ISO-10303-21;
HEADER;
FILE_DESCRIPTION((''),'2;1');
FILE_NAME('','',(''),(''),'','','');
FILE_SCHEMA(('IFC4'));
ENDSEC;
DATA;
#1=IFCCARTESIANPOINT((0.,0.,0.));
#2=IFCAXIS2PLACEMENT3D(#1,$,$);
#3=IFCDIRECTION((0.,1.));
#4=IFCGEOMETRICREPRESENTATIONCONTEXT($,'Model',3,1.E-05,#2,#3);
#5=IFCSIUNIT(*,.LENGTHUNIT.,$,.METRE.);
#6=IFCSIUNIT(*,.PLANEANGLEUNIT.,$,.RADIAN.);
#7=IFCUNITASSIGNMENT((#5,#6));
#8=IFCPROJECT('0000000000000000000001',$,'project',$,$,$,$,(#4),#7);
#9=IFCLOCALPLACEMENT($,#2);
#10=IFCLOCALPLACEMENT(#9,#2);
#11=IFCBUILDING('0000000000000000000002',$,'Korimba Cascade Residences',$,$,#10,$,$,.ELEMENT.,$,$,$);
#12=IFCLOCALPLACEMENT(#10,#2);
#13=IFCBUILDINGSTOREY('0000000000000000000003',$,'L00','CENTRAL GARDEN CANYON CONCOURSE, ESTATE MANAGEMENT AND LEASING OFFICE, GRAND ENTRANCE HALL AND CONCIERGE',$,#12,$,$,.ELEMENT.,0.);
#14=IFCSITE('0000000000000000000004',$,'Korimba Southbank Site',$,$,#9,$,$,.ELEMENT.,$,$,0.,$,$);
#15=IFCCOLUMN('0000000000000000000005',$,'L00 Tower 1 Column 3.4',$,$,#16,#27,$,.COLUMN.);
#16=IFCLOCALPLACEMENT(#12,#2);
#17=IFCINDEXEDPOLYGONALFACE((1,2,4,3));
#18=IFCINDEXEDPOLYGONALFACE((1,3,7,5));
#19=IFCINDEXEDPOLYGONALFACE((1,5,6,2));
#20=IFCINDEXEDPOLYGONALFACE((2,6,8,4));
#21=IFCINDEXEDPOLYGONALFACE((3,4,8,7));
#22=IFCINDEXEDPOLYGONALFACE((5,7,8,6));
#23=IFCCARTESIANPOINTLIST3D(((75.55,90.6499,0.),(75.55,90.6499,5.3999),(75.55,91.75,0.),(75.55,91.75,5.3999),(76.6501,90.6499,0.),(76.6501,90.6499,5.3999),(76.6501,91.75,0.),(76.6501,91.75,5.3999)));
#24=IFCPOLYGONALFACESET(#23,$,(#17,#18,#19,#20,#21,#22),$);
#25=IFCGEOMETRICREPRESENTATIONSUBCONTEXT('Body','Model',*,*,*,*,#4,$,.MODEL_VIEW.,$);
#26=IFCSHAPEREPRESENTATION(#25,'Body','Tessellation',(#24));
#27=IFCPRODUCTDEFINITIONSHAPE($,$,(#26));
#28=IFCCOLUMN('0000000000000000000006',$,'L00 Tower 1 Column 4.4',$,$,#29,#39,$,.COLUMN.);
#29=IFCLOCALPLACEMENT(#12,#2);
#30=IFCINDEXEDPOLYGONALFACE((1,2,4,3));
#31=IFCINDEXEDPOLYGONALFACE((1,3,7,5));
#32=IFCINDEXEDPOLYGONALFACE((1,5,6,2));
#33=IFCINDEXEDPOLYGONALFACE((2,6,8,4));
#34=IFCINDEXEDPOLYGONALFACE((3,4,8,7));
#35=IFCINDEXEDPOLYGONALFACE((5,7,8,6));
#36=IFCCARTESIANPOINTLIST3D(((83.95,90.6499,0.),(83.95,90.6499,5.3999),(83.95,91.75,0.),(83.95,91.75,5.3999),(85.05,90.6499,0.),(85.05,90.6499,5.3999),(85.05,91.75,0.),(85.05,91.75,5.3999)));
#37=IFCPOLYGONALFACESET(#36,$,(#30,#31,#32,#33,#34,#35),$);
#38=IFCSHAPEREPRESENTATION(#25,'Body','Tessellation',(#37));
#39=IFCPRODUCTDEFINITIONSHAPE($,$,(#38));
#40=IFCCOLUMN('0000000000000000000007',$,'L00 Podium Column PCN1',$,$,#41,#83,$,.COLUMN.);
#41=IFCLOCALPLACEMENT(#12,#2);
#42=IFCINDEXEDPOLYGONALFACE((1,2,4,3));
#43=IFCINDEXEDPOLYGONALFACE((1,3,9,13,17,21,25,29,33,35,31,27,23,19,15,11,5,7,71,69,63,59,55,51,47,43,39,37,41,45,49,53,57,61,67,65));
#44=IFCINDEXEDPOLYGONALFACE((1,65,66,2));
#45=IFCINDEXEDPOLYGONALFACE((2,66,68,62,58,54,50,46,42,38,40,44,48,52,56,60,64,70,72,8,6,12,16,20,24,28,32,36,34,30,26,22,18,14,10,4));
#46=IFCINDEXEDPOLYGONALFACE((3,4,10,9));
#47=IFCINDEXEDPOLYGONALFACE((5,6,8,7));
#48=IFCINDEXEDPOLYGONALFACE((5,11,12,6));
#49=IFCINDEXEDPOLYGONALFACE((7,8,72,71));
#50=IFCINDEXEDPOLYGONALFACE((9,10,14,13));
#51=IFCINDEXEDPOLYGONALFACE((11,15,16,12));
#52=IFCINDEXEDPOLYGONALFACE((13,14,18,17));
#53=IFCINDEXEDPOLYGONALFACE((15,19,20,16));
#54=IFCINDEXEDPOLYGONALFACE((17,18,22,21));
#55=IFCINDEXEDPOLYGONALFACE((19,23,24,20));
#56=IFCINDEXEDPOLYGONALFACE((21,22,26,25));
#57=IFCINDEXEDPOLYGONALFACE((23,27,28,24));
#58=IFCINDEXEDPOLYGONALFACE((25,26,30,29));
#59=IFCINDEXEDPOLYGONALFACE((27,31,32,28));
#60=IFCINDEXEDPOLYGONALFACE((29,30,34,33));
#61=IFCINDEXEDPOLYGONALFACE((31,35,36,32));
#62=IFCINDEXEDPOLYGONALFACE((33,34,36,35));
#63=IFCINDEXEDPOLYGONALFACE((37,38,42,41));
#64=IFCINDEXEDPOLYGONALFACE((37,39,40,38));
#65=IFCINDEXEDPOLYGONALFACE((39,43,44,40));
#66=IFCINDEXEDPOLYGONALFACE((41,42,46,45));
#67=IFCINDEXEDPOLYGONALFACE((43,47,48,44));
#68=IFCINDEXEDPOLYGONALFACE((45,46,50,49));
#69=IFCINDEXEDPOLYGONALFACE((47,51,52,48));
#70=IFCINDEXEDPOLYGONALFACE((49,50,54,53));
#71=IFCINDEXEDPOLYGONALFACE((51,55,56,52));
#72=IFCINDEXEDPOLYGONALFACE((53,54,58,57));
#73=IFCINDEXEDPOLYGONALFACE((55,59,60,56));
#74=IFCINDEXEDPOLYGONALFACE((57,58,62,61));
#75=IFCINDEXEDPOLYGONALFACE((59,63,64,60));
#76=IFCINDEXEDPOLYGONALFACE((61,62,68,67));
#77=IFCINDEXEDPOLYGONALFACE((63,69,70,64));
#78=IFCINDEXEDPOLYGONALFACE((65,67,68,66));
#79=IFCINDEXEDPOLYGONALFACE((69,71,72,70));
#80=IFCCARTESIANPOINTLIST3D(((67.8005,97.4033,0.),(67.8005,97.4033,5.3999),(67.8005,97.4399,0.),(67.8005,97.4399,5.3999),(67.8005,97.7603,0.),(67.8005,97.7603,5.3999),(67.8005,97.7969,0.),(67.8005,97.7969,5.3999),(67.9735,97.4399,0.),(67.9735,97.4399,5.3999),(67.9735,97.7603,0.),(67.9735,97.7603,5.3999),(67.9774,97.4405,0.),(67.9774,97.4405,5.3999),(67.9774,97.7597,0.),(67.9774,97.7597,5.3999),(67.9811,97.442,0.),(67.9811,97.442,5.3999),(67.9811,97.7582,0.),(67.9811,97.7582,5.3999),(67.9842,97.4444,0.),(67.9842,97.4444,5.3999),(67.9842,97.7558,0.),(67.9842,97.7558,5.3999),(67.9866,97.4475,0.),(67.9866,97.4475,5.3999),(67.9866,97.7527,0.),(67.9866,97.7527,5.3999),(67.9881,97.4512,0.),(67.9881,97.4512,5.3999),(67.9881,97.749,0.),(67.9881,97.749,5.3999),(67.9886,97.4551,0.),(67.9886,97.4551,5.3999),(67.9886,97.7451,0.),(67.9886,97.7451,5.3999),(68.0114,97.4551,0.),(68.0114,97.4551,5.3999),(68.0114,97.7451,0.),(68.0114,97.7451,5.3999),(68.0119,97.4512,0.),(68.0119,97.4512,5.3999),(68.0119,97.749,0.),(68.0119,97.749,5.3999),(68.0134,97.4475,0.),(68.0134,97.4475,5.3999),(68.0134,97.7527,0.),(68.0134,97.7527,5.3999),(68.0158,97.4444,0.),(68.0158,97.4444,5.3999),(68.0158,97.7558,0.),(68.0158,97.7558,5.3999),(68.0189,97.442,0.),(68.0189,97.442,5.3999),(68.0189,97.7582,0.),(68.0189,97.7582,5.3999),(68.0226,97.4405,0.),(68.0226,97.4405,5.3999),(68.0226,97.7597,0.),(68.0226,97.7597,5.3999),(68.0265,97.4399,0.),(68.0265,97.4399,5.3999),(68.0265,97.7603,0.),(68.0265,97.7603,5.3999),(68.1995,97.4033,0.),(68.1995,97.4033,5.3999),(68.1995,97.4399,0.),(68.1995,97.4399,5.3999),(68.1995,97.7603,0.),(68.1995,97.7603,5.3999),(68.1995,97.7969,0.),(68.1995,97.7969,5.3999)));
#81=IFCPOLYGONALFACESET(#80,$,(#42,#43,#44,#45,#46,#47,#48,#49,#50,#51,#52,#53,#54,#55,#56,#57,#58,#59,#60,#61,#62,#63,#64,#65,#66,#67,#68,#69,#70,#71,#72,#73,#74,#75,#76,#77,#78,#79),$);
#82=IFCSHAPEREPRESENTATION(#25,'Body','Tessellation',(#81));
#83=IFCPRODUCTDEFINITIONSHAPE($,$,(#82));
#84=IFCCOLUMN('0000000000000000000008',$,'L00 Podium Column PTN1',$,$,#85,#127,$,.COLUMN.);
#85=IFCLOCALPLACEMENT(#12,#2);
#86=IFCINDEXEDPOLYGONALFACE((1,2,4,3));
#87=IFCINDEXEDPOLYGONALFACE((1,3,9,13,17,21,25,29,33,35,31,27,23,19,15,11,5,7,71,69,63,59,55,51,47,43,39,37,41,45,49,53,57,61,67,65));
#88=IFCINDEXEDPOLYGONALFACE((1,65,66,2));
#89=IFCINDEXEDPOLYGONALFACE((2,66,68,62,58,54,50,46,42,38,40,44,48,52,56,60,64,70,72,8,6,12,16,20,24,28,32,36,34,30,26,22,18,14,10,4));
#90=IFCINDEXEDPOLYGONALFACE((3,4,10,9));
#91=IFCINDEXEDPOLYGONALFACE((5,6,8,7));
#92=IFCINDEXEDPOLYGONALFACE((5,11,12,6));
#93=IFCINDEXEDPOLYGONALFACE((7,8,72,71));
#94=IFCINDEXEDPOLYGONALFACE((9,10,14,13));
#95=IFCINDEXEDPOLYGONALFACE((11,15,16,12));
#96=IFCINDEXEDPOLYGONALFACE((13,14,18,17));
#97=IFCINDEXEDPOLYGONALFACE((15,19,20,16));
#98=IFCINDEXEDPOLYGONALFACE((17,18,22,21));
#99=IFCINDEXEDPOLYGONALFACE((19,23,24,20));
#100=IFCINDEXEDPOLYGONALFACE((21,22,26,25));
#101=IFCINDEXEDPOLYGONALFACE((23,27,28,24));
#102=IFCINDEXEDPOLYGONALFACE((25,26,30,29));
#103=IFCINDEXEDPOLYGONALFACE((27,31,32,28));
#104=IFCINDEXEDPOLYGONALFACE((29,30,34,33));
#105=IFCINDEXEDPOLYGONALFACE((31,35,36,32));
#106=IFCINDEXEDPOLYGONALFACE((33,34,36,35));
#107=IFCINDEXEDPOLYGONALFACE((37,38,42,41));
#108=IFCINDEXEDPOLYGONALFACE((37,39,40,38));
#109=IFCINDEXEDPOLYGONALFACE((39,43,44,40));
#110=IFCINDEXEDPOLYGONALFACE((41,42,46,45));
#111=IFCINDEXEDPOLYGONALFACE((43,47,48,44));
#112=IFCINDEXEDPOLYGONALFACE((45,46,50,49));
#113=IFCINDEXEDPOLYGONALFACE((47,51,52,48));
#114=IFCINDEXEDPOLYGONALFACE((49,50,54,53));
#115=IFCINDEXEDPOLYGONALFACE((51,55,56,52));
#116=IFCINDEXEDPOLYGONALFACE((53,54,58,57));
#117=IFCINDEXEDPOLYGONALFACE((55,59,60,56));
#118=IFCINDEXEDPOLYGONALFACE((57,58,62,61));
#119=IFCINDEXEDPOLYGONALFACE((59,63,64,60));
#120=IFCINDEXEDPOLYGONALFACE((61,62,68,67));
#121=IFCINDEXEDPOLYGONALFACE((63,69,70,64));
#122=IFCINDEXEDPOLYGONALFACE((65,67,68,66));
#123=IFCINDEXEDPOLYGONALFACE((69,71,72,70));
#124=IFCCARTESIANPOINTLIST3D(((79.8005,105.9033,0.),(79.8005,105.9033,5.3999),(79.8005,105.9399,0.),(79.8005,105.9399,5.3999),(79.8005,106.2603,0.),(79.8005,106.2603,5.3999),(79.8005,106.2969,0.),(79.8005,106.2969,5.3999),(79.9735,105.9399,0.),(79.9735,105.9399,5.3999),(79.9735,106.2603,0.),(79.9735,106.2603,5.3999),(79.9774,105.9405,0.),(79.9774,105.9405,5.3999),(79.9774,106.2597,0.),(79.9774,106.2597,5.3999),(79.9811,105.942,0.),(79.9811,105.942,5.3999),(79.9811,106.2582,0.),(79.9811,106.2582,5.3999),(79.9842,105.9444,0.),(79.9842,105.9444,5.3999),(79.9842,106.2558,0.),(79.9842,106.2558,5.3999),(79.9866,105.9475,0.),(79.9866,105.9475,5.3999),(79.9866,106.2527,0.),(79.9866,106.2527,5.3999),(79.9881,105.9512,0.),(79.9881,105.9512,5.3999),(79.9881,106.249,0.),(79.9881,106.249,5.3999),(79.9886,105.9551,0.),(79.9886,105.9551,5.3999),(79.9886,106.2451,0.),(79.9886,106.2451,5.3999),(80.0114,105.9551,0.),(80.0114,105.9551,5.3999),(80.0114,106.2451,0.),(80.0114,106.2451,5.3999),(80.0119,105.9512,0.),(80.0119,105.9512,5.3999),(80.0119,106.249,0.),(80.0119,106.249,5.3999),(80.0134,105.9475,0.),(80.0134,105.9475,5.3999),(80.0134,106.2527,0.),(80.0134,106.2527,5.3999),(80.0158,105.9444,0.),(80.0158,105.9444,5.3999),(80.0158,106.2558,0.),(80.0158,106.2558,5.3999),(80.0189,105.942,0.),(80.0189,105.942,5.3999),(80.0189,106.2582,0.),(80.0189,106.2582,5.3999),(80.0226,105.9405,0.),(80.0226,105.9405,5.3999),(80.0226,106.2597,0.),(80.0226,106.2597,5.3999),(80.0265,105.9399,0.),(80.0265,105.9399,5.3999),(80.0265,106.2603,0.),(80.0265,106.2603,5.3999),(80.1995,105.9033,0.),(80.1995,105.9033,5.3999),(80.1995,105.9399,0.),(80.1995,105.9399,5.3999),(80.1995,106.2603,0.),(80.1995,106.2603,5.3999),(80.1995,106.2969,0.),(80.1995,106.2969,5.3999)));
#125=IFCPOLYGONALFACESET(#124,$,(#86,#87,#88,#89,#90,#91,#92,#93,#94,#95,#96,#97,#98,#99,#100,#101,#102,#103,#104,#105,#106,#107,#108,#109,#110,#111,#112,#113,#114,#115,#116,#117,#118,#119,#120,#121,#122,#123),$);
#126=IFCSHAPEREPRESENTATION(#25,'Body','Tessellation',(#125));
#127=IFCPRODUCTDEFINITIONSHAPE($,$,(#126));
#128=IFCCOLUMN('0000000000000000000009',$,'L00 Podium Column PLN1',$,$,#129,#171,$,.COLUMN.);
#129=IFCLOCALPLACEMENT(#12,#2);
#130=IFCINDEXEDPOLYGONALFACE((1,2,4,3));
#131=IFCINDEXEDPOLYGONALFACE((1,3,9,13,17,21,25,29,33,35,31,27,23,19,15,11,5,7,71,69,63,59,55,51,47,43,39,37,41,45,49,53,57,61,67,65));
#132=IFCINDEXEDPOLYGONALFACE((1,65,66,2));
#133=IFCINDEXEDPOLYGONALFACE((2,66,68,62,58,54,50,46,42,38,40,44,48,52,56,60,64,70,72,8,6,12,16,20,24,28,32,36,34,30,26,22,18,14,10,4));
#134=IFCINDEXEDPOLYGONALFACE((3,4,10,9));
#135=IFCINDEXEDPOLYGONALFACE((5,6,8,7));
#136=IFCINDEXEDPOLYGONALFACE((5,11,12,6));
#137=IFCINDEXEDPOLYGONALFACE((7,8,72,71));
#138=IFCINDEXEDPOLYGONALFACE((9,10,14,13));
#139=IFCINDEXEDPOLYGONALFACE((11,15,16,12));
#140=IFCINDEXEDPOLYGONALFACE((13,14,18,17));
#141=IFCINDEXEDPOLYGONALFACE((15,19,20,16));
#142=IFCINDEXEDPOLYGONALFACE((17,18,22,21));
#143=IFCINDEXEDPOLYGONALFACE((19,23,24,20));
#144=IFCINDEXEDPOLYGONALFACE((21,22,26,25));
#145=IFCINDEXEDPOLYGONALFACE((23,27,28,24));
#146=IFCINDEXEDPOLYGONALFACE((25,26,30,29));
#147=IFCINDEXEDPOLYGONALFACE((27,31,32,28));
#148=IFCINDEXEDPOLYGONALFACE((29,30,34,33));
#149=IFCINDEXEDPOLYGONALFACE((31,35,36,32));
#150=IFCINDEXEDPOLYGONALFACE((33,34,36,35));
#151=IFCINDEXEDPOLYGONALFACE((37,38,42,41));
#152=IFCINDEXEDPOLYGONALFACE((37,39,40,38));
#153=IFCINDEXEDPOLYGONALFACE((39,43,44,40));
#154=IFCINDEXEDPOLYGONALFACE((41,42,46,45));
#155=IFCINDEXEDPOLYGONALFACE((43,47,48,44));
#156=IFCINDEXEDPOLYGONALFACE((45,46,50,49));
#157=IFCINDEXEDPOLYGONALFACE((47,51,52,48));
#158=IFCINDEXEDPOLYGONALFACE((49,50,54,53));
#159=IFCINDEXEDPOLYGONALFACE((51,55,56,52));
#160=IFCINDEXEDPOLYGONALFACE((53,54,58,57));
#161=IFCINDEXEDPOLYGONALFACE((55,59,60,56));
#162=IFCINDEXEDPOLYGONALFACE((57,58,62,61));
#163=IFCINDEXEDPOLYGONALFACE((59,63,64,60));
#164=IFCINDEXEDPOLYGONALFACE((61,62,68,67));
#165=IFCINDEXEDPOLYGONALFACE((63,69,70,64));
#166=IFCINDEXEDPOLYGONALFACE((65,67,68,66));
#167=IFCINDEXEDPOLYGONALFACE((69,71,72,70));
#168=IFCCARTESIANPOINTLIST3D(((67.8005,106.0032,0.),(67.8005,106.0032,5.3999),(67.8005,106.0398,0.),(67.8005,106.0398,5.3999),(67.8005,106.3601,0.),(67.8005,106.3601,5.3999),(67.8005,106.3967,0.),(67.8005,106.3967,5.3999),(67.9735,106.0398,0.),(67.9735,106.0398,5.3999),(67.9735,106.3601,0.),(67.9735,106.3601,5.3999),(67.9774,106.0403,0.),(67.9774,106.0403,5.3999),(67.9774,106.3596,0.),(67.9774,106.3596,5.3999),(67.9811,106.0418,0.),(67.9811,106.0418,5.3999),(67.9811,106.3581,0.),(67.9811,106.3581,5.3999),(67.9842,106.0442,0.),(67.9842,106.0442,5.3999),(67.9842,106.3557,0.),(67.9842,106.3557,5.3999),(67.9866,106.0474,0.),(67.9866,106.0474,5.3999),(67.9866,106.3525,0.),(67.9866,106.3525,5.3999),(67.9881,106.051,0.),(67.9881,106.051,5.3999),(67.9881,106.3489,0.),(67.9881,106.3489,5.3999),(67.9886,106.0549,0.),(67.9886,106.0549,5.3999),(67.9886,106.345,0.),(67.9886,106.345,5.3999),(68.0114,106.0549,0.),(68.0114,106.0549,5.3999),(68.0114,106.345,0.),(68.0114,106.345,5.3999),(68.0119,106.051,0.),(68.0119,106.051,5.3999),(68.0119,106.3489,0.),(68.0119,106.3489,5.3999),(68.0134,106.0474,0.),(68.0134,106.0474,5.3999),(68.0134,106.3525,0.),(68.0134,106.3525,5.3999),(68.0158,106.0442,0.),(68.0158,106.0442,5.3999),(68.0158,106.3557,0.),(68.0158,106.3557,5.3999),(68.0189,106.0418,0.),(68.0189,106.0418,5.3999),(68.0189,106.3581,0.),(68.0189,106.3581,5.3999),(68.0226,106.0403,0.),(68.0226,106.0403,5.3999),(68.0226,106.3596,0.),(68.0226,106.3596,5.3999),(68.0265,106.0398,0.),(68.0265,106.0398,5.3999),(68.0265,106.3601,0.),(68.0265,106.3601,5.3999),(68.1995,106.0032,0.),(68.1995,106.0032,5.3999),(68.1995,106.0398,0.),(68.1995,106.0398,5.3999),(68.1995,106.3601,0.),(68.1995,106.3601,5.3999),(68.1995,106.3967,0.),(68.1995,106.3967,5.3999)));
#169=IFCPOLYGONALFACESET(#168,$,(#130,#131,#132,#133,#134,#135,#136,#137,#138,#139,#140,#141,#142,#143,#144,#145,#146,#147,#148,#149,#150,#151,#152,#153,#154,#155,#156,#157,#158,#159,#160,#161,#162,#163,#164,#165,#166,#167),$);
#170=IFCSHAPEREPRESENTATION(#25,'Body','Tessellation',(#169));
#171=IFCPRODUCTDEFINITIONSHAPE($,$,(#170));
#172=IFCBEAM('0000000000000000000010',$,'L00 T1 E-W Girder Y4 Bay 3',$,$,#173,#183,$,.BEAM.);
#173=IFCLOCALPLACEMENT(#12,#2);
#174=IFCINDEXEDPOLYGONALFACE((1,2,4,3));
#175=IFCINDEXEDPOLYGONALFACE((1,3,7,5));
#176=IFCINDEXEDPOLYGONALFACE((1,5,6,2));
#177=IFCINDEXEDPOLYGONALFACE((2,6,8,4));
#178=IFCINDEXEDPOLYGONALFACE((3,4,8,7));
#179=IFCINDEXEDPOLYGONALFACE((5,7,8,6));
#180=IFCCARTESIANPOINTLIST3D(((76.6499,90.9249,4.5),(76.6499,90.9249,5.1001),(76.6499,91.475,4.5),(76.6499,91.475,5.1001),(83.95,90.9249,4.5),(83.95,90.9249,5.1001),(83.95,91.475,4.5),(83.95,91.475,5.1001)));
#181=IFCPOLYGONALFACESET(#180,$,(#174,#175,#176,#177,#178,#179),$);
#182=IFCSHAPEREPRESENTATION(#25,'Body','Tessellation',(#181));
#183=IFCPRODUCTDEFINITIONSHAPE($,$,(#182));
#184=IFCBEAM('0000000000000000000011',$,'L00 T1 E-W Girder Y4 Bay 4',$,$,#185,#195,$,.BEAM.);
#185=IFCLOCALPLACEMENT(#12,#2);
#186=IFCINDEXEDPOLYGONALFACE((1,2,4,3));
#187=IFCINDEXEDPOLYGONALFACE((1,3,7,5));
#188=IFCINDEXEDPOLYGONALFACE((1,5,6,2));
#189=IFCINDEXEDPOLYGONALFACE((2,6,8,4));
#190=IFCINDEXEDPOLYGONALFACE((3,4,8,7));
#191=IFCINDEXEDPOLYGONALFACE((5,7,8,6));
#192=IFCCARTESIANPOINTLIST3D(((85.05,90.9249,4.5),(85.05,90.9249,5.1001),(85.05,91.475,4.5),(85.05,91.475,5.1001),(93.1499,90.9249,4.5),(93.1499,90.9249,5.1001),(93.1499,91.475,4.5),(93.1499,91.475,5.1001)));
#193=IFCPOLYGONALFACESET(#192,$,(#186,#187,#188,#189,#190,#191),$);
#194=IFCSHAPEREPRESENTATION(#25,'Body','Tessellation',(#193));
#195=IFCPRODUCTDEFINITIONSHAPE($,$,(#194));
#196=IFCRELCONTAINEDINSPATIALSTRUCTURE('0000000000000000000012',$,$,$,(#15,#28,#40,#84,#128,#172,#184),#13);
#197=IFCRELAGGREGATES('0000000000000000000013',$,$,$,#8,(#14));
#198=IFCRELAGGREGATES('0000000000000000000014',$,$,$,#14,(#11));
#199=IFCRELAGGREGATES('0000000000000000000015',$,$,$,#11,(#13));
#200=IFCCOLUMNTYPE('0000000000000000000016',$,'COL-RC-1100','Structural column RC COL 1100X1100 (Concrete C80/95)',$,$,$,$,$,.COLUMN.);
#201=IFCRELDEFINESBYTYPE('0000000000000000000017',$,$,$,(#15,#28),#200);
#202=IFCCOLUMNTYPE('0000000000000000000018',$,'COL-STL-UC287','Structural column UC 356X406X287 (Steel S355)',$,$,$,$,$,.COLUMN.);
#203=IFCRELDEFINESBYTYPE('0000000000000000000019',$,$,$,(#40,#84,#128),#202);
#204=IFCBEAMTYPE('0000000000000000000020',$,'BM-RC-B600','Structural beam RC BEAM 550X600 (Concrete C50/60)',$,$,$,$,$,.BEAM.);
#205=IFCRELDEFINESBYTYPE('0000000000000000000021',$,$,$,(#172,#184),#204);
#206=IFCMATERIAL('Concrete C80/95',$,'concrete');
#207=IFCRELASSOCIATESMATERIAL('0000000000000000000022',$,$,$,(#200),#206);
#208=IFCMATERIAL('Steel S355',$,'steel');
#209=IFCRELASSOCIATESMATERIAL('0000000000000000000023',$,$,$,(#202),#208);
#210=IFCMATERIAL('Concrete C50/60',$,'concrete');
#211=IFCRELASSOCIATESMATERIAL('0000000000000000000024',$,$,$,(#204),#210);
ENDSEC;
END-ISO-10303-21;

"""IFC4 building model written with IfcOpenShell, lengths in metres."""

from ifc_helpers import new_model, si_unit, direction, frame, origin, origin_2d, place, context, subcontext, project, spatial, rectangle, i_section, extrude, material, material_profile, profile_set, type_object, element, save


model = new_model("IFC4")

# Units and contexts
model_context = context("Model", 3, precision=1e-05, world=origin(), true_north=direction((0.0, 1.0)))
body_context = subcontext(model_context, "Body", "Model", "MODEL_VIEW")
ifc_project = project(units=[si_unit("LENGTHUNIT", "METRE"), si_unit("PLANEANGLEUNIT", "RADIAN")], contexts=[model_context])

# Site, building, storey
site_placement = place(None, origin())
site = spatial("IfcSite", under=ifc_project, at=site_placement, Name="Korimba Southbank Site", CompositionType="ELEMENT", RefElevation=0.0)
building_placement = place(site_placement, origin())
building = spatial("IfcBuilding", under=site, at=building_placement, Name="Korimba Cascade Residences", CompositionType="ELEMENT")
storey_placement = place(building_placement, origin())
storey = spatial("IfcBuildingStorey", under=building, at=storey_placement, Name="L00", Description="CENTRAL GARDEN CANYON CONCOURSE, ESTATE MANAGEMENT AND LEASING OFFICE, GRAND ENTRANCE HALL AND CONCIERGE", CompositionType="ELEMENT", Elevation=0.0)

# Columns
ifc_material_1 = material(Name="Concrete C80/95", Category="concrete")
ifc_material_profile_1 = material_profile(ifc_material_1, rectangle(XDim=1.1001, YDim=1.1001, at=origin_2d()), Name="Concrete C80/95")
ifc_profile_set_1 = profile_set([ifc_material_profile_1], Name="Concrete C80/95")
column_type_1 = type_object("IfcColumnType", Name="COL-RC-1100", Description="Structural column RC COL 1100X1100 (Concrete C80/95)", PredefinedType="COLUMN", material=ifc_profile_set_1)
for number, where, z_axis, x_axis, name in (
    (1, (76.1001, 91.2, 0.0), (0.0, 0.0, 1.0), (1.0, 0.0, 0.0), "L00 Tower 1 Column 3.4"),
    (2, (84.5, 91.2, 0.0), (0.0, 0.0, 1.0), (1.0, 0.0, 0.0), "L00 Tower 1 Column 4.4"),
):
    element("IfcColumn", number, at=place(storey_placement, frame(where, z_axis=z_axis, x_axis=x_axis)), inside=storey, type_object=column_type_1, Name=name, PredefinedType="COLUMN", context=body_context, shape_type="SweptSolid", body=[
        extrude(rectangle(XDim=1.1001, YDim=1.1001, at=origin_2d()), origin(), (0.0, 0.0, 1.0), 5.3999),
    ])
ifc_material_2 = material(Name="Steel S355", Category="steel")
ifc_material_profile_2 = material_profile(ifc_material_2, i_section(OverallWidth=0.3989, OverallDepth=0.3936, WebThickness=0.0227, FlangeThickness=0.0366, FilletRadius=0.0151, at=origin_2d()), Name="Steel S355")
ifc_profile_set_2 = profile_set([ifc_material_profile_2], Name="Steel S355")
column_type_2 = type_object("IfcColumnType", Name="COL-STL-UC287", Description="Structural column UC 356X406X287 (Steel S355)", PredefinedType="COLUMN", material=ifc_profile_set_2)
for number, where, z_axis, x_axis, name in (
    (3, (68.0, 97.6001, 0.0), (0.0, 0.0, 1.0), (1.0, 0.0, 0.0), "L00 Podium Column PCN1"),
    (4, (80.0, 106.1001, 0.0), (0.0, 0.0, 1.0), (1.0, 0.0, 0.0), "L00 Podium Column PTN1"),
    (5, (68.0, 106.2, 0.0), (0.0, 0.0, 1.0), (1.0, 0.0, 0.0), "L00 Podium Column PLN1"),
):
    element("IfcColumn", number, at=place(storey_placement, frame(where, z_axis=z_axis, x_axis=x_axis)), inside=storey, type_object=column_type_2, Name=name, PredefinedType="COLUMN", context=body_context, shape_type="SweptSolid", body=[
        extrude(i_section(OverallWidth=0.3989, OverallDepth=0.3936, WebThickness=0.0227, FlangeThickness=0.0366, FilletRadius=0.0151, at=origin_2d()), origin(), (0.0, 0.0, 1.0), 5.3999),
    ])

# Beams
ifc_material_3 = material(Name="Concrete C50/60", Category="concrete")
ifc_material_profile_3 = material_profile(ifc_material_3, rectangle(XDim=0.55, YDim=0.6001, at=origin_2d()), Name="Concrete C50/60")
ifc_profile_set_3 = profile_set([ifc_material_profile_3], Name="Concrete C50/60")
beam_type_1 = type_object("IfcBeamType", Name="BM-RC-B600", Description="Structural beam RC BEAM 550X600 (Concrete C50/60)", PredefinedType="BEAM", material=ifc_profile_set_3)
beam_1_placement = place(storey_placement, frame((76.6499, 91.2, 4.8), z_axis=(1.0, 0.0, 0.0), x_axis=(0.0, 1.0, 0.0)))
element("IfcBeam", 6, at=beam_1_placement, inside=storey, type_object=beam_type_1, Name="L00 T1 E-W Girder Y4 Bay 3", PredefinedType="BEAM", context=body_context, shape_type="SweptSolid", body=[
    extrude(rectangle(XDim=0.55, YDim=0.6001, at=origin_2d()), origin(), (0.0, 0.0, 1.0), 7.3),
])
beam_2_placement = place(storey_placement, frame((85.05, 91.2, 4.8), z_axis=(1.0, 0.0, 0.0), x_axis=(0.0, 1.0, 0.0)))
element("IfcBeam", 7, at=beam_2_placement, inside=storey, type_object=beam_type_1, Name="L00 T1 E-W Girder Y4 Bay 4", PredefinedType="BEAM", context=body_context, shape_type="SweptSolid", body=[
    extrude(rectangle(XDim=0.55, YDim=0.6001, at=origin_2d()), origin(), (0.0, 0.0, 1.0), 8.0999),
])

save(model, "model.ifc")
